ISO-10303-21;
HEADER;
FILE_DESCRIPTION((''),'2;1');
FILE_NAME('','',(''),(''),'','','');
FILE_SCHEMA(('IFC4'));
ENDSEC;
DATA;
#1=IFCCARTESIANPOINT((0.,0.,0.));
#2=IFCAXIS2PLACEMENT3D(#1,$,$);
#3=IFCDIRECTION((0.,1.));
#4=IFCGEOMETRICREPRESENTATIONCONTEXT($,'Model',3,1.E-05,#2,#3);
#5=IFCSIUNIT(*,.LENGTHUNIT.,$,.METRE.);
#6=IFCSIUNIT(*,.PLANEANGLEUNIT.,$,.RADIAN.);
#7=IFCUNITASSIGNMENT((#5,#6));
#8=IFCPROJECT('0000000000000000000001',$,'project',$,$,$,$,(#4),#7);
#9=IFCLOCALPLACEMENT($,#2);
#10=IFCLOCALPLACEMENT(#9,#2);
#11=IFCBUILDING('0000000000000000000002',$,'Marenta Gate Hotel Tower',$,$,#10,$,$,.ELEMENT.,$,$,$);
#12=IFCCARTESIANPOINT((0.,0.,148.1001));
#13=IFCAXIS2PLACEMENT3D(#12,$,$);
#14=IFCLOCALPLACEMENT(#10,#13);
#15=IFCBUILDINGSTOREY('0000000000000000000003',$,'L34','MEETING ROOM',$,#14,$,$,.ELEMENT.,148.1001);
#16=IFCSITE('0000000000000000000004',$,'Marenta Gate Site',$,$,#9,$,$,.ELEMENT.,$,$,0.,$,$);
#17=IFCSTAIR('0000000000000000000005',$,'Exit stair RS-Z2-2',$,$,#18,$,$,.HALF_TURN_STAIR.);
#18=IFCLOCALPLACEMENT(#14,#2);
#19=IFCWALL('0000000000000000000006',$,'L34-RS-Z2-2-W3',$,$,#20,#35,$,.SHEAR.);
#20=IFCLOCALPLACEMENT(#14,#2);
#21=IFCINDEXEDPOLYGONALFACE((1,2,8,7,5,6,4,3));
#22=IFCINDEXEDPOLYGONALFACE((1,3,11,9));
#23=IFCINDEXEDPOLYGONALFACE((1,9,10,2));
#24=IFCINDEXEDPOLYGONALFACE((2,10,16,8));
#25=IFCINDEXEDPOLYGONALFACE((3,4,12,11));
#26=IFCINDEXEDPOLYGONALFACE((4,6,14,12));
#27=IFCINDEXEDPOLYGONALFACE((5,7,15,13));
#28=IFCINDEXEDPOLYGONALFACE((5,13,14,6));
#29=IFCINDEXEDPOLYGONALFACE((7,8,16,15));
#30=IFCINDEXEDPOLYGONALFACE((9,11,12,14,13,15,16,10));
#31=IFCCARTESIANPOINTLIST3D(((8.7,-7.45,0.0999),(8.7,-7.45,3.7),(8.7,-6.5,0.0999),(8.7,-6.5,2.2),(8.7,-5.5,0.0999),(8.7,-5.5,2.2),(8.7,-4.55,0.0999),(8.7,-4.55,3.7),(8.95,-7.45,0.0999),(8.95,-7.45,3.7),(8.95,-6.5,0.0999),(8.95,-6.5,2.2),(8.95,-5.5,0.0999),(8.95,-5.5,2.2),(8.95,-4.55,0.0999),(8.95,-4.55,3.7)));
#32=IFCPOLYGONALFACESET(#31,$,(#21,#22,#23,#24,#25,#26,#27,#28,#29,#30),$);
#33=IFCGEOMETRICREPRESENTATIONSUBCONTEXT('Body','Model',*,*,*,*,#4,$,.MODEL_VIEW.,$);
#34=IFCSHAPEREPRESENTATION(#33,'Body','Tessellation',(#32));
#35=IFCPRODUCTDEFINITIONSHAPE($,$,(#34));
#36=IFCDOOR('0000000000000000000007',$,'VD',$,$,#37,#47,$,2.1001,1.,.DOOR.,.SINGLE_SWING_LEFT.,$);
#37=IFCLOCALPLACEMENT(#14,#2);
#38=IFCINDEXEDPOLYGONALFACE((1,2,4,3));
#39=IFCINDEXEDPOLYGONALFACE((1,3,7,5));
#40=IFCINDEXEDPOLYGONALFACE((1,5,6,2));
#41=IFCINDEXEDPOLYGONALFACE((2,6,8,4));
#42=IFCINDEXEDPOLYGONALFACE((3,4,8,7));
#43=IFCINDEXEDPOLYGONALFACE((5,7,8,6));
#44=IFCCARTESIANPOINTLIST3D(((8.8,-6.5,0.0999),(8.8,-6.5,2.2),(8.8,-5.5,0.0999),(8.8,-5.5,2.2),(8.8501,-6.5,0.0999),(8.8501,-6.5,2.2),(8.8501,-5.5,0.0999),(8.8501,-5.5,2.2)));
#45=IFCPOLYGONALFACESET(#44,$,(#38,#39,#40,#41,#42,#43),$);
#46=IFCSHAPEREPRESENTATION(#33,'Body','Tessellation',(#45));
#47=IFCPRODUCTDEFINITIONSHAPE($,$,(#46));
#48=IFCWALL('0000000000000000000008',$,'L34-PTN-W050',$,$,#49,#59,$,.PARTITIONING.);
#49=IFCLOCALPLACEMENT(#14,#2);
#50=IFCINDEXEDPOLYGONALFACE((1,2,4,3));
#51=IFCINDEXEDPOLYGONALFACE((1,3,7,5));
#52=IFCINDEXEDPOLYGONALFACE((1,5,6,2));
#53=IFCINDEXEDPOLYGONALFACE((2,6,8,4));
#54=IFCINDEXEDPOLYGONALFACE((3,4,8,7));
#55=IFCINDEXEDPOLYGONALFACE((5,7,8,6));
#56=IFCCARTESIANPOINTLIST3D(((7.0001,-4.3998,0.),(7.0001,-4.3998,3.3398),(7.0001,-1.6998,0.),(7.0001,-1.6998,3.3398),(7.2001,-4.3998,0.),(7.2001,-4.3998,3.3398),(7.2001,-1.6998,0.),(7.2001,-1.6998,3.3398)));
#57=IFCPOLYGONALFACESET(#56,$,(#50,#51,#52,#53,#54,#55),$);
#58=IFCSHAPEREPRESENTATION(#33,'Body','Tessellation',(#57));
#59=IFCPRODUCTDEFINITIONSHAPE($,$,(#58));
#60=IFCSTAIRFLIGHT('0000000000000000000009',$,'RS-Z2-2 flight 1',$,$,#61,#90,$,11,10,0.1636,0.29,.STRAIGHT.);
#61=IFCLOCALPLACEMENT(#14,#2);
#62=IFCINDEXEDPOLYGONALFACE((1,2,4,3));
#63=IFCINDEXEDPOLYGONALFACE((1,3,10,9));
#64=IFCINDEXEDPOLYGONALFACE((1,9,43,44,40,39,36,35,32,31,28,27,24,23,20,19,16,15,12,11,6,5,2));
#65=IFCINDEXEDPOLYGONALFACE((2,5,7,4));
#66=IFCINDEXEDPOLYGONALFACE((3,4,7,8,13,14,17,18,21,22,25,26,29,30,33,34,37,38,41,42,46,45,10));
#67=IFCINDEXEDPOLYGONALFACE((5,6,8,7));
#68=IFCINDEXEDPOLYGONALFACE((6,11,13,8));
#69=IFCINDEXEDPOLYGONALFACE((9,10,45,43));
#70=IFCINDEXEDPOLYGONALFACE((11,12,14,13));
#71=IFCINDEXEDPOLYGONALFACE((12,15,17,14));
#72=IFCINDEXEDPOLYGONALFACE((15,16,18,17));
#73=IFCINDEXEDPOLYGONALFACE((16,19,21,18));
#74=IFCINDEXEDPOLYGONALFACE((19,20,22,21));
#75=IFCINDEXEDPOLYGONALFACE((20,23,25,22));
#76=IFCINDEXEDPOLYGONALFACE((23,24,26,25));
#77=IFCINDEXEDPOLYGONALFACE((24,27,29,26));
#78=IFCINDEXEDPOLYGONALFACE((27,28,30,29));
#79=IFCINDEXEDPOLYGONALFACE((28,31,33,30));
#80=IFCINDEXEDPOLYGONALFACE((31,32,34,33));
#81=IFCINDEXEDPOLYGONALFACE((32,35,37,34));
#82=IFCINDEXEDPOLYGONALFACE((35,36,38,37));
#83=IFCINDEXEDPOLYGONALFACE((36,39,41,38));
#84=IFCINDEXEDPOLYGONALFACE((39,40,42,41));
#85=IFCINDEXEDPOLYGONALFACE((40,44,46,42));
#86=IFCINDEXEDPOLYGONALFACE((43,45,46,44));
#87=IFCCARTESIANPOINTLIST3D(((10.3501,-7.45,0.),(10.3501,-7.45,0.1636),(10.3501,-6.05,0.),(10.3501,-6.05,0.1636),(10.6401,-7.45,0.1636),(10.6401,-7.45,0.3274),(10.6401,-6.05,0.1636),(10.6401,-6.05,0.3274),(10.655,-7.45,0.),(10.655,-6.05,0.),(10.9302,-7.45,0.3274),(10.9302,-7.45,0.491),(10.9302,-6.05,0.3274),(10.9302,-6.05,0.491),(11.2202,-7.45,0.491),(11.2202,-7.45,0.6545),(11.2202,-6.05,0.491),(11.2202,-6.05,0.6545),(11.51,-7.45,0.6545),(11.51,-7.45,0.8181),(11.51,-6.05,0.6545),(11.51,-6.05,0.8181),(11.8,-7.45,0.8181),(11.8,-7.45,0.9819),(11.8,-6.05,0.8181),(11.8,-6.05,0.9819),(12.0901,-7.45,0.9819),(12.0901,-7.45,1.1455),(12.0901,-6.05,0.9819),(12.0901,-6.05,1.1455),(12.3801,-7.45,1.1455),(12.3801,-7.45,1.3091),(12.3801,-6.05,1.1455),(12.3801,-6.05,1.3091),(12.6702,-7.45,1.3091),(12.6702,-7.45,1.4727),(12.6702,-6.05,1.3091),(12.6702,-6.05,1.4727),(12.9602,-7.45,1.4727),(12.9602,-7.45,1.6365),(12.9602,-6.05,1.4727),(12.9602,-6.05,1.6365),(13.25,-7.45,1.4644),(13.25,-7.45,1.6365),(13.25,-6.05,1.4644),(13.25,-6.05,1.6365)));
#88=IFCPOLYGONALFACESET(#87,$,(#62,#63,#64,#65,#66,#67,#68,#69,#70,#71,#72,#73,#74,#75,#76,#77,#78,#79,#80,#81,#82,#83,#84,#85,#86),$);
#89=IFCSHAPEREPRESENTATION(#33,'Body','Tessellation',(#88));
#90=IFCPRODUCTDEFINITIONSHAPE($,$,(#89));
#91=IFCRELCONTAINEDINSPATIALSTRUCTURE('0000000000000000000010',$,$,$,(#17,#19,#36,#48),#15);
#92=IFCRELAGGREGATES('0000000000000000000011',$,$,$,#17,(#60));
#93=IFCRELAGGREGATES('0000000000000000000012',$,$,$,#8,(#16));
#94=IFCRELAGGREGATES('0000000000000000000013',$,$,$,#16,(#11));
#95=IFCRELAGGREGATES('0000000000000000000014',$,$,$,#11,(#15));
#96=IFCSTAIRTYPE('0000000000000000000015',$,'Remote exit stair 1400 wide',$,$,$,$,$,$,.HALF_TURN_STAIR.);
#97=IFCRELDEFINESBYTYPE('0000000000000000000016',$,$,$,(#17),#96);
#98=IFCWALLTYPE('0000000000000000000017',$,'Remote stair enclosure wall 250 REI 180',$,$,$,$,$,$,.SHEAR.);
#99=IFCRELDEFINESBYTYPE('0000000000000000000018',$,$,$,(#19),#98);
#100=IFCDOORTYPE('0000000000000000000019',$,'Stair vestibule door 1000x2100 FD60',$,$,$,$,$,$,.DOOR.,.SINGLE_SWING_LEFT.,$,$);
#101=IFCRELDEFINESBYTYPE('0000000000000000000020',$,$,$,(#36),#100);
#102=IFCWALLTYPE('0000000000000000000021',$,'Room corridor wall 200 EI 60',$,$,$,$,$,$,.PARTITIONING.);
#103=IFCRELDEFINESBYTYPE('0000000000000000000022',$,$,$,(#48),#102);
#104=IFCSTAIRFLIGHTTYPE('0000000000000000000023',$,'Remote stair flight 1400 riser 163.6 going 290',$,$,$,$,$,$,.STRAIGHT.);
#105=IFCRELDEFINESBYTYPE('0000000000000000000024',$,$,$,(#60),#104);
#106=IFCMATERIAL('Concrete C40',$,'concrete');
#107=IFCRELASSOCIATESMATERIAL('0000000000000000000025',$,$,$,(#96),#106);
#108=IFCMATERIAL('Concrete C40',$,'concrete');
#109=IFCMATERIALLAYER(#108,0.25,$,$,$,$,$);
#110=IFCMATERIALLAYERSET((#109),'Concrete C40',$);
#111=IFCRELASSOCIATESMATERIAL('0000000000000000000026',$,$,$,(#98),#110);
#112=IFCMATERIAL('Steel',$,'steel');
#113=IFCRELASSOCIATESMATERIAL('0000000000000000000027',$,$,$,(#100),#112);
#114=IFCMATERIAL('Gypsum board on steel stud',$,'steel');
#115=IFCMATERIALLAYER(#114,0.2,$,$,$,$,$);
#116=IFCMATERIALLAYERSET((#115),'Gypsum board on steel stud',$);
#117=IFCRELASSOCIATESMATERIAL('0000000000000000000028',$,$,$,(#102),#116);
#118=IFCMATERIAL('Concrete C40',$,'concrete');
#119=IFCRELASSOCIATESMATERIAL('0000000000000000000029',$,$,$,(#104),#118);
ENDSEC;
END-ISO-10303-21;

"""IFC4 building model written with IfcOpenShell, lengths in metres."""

from ifc_helpers import new_model, si_unit, direction, frame, frame_2d, origin, place, context, subcontext, project, spatial, polyline, rectangle, outline, extrude, material, layer, layer_set, type_object, element, fill, aggregate, save


model = new_model("IFC4")

# Units and contexts
model_context = context("Model", 3, precision=1e-05, world=origin(), true_north=direction((0.0, 1.0)))
body_context = subcontext(model_context, "Body", "Model", "MODEL_VIEW")
ifc_project = project(units=[si_unit("LENGTHUNIT", "METRE"), si_unit("PLANEANGLEUNIT", "RADIAN")], contexts=[model_context])

# Site, building, storey
site_placement = place(None, origin())
site = spatial("IfcSite", under=ifc_project, at=site_placement, Name="Marenta Gate Site", CompositionType="ELEMENT", RefElevation=0.0)
building_placement = place(site_placement, origin())
building = spatial("IfcBuilding", under=site, at=building_placement, Name="Marenta Gate Hotel Tower", CompositionType="ELEMENT")
storey_placement = place(building_placement, frame((0.0, 0.0, 148.1001)))
storey = spatial("IfcBuildingStorey", under=building, at=storey_placement, Name="L34", Description="MEETING ROOM", CompositionType="ELEMENT", Elevation=148.1001)

# Stair
ifc_material_1 = material(Name="Concrete C40", Category="concrete")
stair_type = type_object("IfcStairType", Name="Remote exit stair 1400 wide", PredefinedType="HALF_TURN_STAIR", material=ifc_material_1)
stair_1_placement = place(storey_placement, origin())
stair_1 = element("IfcStair", 1, at=stair_1_placement, inside=storey, type_object=stair_type, Name="Exit stair RS-Z2-2", PredefinedType="HALF_TURN_STAIR")

# Shared definitions
ifc_material_2 = material(Name="Concrete C40", Category="concrete")
ifc_layer_1 = layer(ifc_material_2, 0.25)
ifc_layer_set_1 = layer_set([ifc_layer_1], Name="Concrete C40")
wall_type_1 = type_object("IfcWallType", Name="Remote stair enclosure wall 250 REI 180", PredefinedType="SHEAR", material=ifc_layer_set_1)

# Wall, opening, door
wall_1_placement = place(storey_placement, frame((8.825, -7.45, 0.0999), z_axis=(0.0, 0.0, 1.0), x_axis=(0.0, 1.0, 0.0)))
wall_1 = element("IfcWall", 2, at=wall_1_placement, inside=storey, type_object=wall_type_1, Name="L34-RS-Z2-2-W3", PredefinedType="SHEAR", context=body_context, shape_type="SweptSolid", body=[
    extrude(rectangle(XDim=2.8999, YDim=0.25, at=frame_2d((1.45, 0.0))), origin(), (0.0, 0.0, 1.0), 3.6001),
])
opening_1_placement = place(wall_1_placement, frame((0.95, 0.0, 0.0)))
opening_1 = element("IfcOpeningElement", 3, at=opening_1_placement, cuts=wall_1, PredefinedType="OPENING", context=body_context, shape_type="SweptSolid", body=[
    extrude(rectangle(XDim=1.0, YDim=2.1001, at=frame_2d((0.5, 1.05))), frame((0.0, 0.125, 0.0), z_axis=(0.0, -1.0, 0.0), x_axis=(1.0, 0.0, 0.0)), (0.0, 0.0, 1.0), 0.25),
])
ifc_material_3 = material(Name="Steel", Category="steel")
door_type_1 = type_object("IfcDoorType", Name="Stair vestibule door 1000x2100 FD60", OperationType="SINGLE_SWING_LEFT", PredefinedType="DOOR", material=ifc_material_3)
door_1_placement = place(opening_1_placement, origin())
door_1 = element("IfcDoor", 4, at=door_1_placement, inside=storey, type_object=door_type_1, Name="VD", OperationType="SINGLE_SWING_LEFT", OverallHeight=2.1001, OverallWidth=1.0, PredefinedType="DOOR", context=body_context, shape_type="SweptSolid", body=[
    extrude(rectangle(XDim=1.0, YDim=2.1001, at=frame_2d((0.5, 1.05))), frame((0.0, 0.0249, 0.0), z_axis=(0.0, -1.0, 0.0), x_axis=(1.0, 0.0, 0.0)), (0.0, 0.0, 1.0), 0.05),
])
fill(opening_1, door_1)
ifc_material_4 = material(Name="Gypsum board on steel stud", Category="steel")
ifc_layer_2 = layer(ifc_material_4, 0.2)
ifc_layer_set_2 = layer_set([ifc_layer_2], Name="Gypsum board on steel stud")
wall_type_2 = type_object("IfcWallType", Name="Room corridor wall 200 EI 60", PredefinedType="PARTITIONING", material=ifc_layer_set_2)

# Wall
wall_2_placement = place(storey_placement, frame((7.1001, -4.3999, 0.0), z_axis=(0.0, 0.0, 1.0), x_axis=(0.0, 1.0, 0.0)))
element("IfcWall", 5, at=wall_2_placement, inside=storey, type_object=wall_type_2, Name="L34-PTN-W050", PredefinedType="PARTITIONING", context=body_context, shape_type="SweptSolid", body=[
    extrude(rectangle(XDim=2.7, YDim=0.2, at=frame_2d((1.3501, 0.0))), origin(), (0.0, 0.0, 1.0), 3.3398),
])

# Stair flight
ifc_material_5 = material(Name="Concrete C40", Category="concrete")
stair_flight_type = type_object("IfcStairFlightType", Name="Remote stair flight 1400 riser 163.6 going 290", PredefinedType="STRAIGHT", material=ifc_material_5)
stair_flight_placement = place(storey_placement, frame((10.3501, -6.75, 0.0), z_axis=(0.0, 0.0, 1.0), x_axis=(1.0, 0.0, 0.0)))
stair_flight = element("IfcStairFlight", 6, at=stair_flight_placement, type_object=stair_flight_type, Name="RS-Z2-2 flight 1", NumberOfRisers=11, NumberOfTreads=10, PredefinedType="STRAIGHT", RiserHeight=0.1636, TreadLength=0.29, context=body_context, shape_type="SweptSolid", body=[
    extrude(outline(polyline([(0.0, 0.0), (0.0, 0.1636), (0.29, 0.1636), (0.29, 0.3274), (0.5801, 0.3274), (0.5801, 0.491), (0.8701, 0.491), (0.8701, 0.6545), (1.1599, 0.6545), (1.1599, 0.8181), (1.45, 0.8181), (1.45, 0.9819), (1.74, 0.9819), (1.74, 1.1455), (2.03, 1.1455), (2.03, 1.3091), (2.3201, 1.3091), (2.3201, 1.4727), (2.6101, 1.4727), (2.6101, 1.6365), (2.8999, 1.6365), (2.8999, 1.8), (2.8999, 1.4644), (0.3049, 0.0), (0.0, 0.0)])), frame((0.0, 0.7, 0.0), z_axis=(0.0, -1.0, 0.0), x_axis=(1.0, 0.0, 0.0)), (0.0, 0.0, 1.0), 1.3999),
])
aggregate(stair_1, [stair_flight])

save(model, "model.ifc")
